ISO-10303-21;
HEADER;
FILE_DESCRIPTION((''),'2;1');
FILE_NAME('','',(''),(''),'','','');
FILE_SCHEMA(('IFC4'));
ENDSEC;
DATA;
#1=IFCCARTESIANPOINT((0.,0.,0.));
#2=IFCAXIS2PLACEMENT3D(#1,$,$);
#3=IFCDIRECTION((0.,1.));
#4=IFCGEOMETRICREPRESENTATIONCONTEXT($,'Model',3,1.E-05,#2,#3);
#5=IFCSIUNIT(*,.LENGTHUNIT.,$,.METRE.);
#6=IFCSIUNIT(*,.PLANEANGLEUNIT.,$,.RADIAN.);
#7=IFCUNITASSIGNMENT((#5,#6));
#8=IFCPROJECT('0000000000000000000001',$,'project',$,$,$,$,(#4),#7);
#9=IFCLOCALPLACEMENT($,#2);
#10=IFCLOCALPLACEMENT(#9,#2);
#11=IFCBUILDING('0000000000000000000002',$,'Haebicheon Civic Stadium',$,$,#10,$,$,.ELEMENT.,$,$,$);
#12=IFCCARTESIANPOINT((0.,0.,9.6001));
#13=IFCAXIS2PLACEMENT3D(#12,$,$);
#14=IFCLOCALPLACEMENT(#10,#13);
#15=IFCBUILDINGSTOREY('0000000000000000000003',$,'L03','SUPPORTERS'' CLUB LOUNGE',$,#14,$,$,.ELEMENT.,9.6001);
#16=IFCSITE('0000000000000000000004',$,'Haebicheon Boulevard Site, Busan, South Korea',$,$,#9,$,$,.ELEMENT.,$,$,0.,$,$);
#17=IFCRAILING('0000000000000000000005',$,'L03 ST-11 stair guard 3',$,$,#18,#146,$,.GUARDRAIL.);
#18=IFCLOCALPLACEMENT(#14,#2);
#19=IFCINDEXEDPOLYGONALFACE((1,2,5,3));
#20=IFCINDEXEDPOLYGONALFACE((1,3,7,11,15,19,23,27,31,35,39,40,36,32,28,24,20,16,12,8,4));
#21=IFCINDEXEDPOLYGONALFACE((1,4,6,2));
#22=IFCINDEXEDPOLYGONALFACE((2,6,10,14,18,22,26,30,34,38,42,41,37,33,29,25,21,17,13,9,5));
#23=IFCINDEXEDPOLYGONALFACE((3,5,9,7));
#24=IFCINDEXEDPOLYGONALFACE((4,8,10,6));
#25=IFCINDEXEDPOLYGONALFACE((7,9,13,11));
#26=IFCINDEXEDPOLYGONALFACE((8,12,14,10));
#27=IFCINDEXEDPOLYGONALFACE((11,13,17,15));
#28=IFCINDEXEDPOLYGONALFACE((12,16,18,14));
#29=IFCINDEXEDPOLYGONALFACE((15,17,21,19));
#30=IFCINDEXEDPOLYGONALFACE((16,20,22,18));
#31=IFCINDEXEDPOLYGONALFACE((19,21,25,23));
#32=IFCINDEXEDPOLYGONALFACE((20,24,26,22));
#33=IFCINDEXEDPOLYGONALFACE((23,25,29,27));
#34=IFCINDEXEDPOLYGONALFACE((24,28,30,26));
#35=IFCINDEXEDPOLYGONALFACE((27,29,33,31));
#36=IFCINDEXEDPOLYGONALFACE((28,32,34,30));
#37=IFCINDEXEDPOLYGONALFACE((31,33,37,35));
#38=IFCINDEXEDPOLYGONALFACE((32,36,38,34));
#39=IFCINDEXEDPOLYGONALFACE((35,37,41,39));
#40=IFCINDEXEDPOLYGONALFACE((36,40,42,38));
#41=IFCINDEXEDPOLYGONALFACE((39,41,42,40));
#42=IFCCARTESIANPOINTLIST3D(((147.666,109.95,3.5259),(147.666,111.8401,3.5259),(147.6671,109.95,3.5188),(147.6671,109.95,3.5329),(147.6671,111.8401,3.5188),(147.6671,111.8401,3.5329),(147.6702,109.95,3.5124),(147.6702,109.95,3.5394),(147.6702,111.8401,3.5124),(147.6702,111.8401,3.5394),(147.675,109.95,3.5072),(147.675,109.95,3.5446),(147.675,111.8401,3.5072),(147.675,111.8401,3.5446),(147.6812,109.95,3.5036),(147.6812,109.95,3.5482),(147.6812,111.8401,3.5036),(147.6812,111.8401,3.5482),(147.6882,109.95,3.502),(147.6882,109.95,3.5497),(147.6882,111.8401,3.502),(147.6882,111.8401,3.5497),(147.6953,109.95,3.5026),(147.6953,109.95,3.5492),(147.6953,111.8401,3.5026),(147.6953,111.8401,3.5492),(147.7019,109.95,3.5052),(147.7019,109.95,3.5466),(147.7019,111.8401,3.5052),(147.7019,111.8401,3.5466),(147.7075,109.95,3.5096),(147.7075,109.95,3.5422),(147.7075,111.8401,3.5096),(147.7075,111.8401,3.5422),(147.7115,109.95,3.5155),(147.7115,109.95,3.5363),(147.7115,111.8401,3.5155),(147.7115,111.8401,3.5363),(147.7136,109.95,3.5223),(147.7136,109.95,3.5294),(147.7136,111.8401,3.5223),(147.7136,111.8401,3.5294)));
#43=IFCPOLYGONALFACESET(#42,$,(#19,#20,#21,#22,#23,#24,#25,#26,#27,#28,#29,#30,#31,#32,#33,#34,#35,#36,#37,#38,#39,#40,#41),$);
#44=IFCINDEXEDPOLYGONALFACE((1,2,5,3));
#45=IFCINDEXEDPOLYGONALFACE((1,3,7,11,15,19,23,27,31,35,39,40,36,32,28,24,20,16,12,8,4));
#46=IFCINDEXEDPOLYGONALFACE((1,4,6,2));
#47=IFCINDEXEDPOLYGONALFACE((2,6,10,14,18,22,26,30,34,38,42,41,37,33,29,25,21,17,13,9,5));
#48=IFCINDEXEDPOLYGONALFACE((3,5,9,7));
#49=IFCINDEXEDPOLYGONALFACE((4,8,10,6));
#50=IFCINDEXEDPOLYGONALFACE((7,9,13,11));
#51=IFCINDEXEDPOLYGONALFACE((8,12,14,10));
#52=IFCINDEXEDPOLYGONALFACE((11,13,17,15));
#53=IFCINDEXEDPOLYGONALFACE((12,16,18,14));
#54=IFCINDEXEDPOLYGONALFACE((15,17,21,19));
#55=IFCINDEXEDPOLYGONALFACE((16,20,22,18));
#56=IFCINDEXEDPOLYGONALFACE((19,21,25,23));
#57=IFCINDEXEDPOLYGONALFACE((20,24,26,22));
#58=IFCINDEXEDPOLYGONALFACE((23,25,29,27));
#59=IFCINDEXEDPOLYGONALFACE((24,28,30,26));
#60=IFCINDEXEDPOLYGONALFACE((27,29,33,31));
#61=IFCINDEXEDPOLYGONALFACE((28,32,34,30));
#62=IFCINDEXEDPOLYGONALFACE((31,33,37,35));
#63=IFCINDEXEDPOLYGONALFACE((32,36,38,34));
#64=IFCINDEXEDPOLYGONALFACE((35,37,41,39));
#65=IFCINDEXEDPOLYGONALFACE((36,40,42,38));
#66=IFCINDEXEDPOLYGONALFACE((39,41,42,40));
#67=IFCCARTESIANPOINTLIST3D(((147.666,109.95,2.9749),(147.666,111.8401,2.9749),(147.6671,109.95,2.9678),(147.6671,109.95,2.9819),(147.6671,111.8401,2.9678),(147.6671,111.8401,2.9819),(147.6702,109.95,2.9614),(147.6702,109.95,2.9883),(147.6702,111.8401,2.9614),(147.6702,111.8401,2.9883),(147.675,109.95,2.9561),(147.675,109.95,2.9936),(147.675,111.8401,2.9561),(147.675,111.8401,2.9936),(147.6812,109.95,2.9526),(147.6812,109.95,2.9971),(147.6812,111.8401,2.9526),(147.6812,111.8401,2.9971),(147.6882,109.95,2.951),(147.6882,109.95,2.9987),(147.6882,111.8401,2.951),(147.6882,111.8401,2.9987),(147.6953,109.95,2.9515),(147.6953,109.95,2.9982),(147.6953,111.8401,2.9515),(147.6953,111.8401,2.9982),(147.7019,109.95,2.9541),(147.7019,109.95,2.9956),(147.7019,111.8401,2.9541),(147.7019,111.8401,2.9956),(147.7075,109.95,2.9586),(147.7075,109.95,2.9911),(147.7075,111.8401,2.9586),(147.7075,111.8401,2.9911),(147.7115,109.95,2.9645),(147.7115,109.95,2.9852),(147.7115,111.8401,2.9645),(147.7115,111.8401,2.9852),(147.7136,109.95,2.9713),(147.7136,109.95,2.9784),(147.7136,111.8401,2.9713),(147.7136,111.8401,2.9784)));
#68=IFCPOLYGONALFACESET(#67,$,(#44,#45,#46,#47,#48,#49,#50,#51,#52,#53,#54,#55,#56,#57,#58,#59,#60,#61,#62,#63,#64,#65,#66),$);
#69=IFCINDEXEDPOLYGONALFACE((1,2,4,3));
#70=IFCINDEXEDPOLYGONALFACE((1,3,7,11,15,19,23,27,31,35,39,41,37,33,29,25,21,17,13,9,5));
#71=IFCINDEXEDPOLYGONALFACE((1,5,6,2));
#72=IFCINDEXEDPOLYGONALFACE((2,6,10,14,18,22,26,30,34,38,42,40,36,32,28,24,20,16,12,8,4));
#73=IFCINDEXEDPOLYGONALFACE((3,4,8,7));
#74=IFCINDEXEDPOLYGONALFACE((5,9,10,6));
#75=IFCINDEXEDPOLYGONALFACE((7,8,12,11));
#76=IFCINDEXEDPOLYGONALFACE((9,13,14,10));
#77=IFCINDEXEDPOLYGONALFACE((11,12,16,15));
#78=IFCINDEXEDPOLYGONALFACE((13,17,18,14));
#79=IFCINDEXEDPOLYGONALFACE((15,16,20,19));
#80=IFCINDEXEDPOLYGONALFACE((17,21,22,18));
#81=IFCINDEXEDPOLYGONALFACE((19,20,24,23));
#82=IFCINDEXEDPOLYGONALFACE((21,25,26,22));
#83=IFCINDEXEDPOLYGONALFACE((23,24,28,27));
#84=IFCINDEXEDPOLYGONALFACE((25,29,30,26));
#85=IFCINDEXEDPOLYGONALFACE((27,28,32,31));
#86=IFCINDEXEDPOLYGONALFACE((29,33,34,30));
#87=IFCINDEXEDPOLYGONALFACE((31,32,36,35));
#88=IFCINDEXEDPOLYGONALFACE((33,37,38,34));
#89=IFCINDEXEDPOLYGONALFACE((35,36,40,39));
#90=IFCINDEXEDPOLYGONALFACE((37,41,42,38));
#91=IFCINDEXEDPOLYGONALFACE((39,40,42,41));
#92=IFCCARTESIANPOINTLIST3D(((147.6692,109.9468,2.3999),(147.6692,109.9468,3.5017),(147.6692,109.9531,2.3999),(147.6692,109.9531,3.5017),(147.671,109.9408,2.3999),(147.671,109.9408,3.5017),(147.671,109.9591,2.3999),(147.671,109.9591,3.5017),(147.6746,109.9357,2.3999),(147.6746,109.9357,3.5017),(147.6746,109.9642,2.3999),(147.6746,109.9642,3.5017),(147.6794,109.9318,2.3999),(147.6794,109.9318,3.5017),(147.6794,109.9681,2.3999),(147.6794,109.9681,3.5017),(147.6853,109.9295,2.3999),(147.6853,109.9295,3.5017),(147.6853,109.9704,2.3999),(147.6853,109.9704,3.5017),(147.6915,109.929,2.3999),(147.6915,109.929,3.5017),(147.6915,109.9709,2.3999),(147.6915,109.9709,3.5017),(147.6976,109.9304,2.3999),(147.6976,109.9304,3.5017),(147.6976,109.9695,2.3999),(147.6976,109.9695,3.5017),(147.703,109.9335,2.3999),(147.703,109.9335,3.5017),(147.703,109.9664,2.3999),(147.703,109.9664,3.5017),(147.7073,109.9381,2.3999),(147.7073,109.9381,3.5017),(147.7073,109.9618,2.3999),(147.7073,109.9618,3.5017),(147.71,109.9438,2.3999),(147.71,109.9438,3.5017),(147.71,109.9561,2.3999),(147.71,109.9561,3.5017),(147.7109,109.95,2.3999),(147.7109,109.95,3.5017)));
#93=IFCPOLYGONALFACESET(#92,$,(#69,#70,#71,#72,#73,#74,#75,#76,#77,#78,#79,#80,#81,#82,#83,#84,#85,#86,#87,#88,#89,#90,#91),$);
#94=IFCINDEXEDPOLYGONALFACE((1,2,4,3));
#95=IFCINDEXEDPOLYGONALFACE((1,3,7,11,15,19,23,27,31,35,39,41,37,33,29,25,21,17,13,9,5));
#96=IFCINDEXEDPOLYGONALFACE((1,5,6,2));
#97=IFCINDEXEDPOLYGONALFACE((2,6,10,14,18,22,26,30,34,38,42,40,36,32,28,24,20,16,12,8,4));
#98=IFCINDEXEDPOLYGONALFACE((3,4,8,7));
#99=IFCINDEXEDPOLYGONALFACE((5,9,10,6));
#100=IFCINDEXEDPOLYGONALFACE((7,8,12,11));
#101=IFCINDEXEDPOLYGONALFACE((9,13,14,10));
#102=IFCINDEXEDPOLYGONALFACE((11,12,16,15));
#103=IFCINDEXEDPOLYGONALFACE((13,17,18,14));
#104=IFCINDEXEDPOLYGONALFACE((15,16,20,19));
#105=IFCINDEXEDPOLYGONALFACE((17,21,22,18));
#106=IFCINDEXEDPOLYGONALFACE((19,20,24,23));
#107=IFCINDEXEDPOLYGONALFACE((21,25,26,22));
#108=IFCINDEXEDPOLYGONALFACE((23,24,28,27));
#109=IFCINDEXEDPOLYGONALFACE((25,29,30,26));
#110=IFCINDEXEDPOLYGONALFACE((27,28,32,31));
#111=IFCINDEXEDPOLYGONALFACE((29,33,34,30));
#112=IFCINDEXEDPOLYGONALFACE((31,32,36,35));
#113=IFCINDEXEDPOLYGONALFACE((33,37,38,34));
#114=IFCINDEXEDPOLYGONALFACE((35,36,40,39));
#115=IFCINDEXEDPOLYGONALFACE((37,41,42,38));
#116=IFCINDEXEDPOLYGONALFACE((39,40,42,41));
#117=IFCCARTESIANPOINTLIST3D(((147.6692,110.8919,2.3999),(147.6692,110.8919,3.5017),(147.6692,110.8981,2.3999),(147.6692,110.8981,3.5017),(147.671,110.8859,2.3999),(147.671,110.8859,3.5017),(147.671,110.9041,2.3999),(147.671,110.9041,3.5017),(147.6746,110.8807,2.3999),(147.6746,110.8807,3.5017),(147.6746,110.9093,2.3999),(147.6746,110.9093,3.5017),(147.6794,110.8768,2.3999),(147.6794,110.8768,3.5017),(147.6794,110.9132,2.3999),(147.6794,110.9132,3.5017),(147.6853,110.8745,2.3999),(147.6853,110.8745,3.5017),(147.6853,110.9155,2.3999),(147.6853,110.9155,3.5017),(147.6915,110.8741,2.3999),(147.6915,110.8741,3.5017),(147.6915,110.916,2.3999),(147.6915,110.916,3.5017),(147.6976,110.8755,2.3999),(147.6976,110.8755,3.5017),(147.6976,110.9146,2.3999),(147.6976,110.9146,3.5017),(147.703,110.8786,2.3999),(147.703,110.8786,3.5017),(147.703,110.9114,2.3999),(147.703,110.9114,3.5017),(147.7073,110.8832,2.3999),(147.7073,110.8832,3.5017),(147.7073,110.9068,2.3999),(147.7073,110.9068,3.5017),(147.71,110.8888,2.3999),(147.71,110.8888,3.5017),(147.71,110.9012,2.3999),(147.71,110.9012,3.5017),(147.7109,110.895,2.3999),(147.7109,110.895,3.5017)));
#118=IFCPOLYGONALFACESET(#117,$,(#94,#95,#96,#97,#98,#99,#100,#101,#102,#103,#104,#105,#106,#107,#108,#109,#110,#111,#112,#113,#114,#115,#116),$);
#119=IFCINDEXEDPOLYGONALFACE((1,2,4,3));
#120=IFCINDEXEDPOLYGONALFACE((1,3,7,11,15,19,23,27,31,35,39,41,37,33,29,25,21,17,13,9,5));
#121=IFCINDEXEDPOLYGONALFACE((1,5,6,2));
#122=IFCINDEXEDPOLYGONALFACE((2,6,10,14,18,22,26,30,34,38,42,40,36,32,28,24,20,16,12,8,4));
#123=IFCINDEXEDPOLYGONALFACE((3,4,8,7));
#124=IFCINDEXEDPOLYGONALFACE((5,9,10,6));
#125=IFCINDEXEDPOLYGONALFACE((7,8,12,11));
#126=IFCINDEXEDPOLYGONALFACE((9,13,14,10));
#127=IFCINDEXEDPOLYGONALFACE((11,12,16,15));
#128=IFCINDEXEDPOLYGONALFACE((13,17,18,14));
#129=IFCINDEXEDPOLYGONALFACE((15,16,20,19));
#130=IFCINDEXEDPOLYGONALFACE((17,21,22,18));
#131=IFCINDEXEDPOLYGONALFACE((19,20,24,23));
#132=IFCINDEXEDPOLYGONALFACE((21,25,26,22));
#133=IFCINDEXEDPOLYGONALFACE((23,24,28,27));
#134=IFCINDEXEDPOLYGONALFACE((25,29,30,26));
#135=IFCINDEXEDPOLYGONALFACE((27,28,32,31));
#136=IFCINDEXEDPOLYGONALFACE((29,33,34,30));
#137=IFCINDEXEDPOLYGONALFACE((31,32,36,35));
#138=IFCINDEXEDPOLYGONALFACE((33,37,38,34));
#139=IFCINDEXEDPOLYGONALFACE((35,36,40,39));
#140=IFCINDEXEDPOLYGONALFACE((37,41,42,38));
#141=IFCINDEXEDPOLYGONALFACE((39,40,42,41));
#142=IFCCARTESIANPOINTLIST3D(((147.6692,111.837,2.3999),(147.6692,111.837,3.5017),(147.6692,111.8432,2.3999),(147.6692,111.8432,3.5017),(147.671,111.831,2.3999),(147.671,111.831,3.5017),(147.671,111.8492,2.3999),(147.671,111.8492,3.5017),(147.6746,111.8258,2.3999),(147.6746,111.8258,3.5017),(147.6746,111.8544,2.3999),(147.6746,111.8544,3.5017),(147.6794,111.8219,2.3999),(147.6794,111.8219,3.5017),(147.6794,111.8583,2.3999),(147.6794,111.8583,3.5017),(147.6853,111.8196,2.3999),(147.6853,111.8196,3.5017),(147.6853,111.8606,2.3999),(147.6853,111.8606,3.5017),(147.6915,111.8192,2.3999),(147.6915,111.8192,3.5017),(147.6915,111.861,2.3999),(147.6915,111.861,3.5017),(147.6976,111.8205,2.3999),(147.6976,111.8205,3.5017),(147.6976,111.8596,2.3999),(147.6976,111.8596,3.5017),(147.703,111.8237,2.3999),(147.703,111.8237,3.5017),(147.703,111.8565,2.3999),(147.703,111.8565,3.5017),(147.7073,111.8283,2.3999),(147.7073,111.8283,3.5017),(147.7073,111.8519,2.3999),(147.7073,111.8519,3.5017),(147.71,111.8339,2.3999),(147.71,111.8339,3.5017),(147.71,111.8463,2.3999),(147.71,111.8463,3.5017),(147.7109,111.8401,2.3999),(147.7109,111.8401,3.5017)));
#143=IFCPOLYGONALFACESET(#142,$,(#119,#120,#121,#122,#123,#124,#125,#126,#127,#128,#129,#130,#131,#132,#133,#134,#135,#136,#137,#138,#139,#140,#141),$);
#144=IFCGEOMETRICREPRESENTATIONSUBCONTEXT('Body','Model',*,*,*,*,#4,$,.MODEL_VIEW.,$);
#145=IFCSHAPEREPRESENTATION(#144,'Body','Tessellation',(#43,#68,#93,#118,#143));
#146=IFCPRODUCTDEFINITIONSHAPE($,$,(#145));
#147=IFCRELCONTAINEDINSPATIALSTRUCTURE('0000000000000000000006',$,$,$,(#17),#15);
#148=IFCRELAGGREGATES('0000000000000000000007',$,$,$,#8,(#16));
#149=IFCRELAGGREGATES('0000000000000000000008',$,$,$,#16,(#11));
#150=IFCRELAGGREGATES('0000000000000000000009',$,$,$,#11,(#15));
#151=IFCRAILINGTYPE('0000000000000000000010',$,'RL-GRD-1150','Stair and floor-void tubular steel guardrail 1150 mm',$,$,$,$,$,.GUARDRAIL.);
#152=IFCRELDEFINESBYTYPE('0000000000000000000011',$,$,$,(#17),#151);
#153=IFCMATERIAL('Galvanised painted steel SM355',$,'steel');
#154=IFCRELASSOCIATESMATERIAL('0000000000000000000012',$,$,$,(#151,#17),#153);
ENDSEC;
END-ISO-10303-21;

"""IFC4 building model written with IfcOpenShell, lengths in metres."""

from ifc_helpers import new_model, si_unit, direction, frame, origin, origin_2d, place, context, subcontext, project, spatial, circle, extrude, material, type_object, element, save


model = new_model("IFC4")

# Units and contexts
model_context = context("Model", 3, precision=1e-05, world=origin(), true_north=direction((0.0, 1.0)))
body_context = subcontext(model_context, "Body", "Model", "MODEL_VIEW")
ifc_project = project(units=[si_unit("LENGTHUNIT", "METRE"), si_unit("PLANEANGLEUNIT", "RADIAN")], contexts=[model_context])

# Site, building, storey
site_placement = place(None, origin())
site = spatial("IfcSite", under=ifc_project, at=site_placement, Name="Haebicheon Boulevard Site, Busan, South Korea", CompositionType="ELEMENT", RefElevation=0.0)
building_placement = place(site_placement, origin())
building = spatial("IfcBuilding", under=site, at=building_placement, Name="Haebicheon Civic Stadium", CompositionType="ELEMENT")
storey_placement = place(building_placement, frame((0.0, 0.0, 9.6001)))
storey = spatial("IfcBuildingStorey", under=building, at=storey_placement, Name="L03", Description="SUPPORTERS' CLUB LOUNGE", CompositionType="ELEMENT", Elevation=9.6001)

# Railing
ifc_material_1 = material(Name="Galvanised painted steel SM355", Category="steel")
railing_type_1 = type_object("IfcRailingType", Name="RL-GRD-1150", Description="Stair and floor-void tubular steel guardrail 1150 mm", PredefinedType="GUARDRAIL", material=ifc_material_1)
for number, where, name in (
    (1, (147.6899, 109.95, 2.3999), "L03 ST-11 stair guard 3"),
):
    element("IfcRailing", number, at=place(storey_placement, frame(where)), inside=storey, type_object=railing_type_1, material=ifc_material_1, Name=name, PredefinedType="GUARDRAIL", context=body_context, shape_type="SweptSolid", body=[
        extrude(circle(Radius=0.0239, at=origin_2d()), frame((0.0, 0.0, 1.126), z_axis=(0.0, 1.0, 0.0), x_axis=(-1.0, 0.0, 0.0)), (0.0, 0.0, 1.0), 1.8901),
        extrude(circle(Radius=0.0239, at=origin_2d()), frame((0.0, 0.0, 0.575), z_axis=(0.0, 1.0, 0.0), x_axis=(-1.0, 0.0, 0.0)), (0.0, 0.0, 1.0), 1.8901),
        extrude(circle(Radius=0.021, at=origin_2d()), origin(), (0.0, 0.0, 1.0), 1.1018),
        extrude(circle(Radius=0.021, at=origin_2d()), frame((0.0, 0.9451, 0.0)), (0.0, 0.0, 1.0), 1.1018),
        extrude(circle(Radius=0.021, at=origin_2d()), frame((0.0, 1.8901, 0.0)), (0.0, 0.0, 1.0), 1.1018),
    ])

save(model, "model.ifc")
